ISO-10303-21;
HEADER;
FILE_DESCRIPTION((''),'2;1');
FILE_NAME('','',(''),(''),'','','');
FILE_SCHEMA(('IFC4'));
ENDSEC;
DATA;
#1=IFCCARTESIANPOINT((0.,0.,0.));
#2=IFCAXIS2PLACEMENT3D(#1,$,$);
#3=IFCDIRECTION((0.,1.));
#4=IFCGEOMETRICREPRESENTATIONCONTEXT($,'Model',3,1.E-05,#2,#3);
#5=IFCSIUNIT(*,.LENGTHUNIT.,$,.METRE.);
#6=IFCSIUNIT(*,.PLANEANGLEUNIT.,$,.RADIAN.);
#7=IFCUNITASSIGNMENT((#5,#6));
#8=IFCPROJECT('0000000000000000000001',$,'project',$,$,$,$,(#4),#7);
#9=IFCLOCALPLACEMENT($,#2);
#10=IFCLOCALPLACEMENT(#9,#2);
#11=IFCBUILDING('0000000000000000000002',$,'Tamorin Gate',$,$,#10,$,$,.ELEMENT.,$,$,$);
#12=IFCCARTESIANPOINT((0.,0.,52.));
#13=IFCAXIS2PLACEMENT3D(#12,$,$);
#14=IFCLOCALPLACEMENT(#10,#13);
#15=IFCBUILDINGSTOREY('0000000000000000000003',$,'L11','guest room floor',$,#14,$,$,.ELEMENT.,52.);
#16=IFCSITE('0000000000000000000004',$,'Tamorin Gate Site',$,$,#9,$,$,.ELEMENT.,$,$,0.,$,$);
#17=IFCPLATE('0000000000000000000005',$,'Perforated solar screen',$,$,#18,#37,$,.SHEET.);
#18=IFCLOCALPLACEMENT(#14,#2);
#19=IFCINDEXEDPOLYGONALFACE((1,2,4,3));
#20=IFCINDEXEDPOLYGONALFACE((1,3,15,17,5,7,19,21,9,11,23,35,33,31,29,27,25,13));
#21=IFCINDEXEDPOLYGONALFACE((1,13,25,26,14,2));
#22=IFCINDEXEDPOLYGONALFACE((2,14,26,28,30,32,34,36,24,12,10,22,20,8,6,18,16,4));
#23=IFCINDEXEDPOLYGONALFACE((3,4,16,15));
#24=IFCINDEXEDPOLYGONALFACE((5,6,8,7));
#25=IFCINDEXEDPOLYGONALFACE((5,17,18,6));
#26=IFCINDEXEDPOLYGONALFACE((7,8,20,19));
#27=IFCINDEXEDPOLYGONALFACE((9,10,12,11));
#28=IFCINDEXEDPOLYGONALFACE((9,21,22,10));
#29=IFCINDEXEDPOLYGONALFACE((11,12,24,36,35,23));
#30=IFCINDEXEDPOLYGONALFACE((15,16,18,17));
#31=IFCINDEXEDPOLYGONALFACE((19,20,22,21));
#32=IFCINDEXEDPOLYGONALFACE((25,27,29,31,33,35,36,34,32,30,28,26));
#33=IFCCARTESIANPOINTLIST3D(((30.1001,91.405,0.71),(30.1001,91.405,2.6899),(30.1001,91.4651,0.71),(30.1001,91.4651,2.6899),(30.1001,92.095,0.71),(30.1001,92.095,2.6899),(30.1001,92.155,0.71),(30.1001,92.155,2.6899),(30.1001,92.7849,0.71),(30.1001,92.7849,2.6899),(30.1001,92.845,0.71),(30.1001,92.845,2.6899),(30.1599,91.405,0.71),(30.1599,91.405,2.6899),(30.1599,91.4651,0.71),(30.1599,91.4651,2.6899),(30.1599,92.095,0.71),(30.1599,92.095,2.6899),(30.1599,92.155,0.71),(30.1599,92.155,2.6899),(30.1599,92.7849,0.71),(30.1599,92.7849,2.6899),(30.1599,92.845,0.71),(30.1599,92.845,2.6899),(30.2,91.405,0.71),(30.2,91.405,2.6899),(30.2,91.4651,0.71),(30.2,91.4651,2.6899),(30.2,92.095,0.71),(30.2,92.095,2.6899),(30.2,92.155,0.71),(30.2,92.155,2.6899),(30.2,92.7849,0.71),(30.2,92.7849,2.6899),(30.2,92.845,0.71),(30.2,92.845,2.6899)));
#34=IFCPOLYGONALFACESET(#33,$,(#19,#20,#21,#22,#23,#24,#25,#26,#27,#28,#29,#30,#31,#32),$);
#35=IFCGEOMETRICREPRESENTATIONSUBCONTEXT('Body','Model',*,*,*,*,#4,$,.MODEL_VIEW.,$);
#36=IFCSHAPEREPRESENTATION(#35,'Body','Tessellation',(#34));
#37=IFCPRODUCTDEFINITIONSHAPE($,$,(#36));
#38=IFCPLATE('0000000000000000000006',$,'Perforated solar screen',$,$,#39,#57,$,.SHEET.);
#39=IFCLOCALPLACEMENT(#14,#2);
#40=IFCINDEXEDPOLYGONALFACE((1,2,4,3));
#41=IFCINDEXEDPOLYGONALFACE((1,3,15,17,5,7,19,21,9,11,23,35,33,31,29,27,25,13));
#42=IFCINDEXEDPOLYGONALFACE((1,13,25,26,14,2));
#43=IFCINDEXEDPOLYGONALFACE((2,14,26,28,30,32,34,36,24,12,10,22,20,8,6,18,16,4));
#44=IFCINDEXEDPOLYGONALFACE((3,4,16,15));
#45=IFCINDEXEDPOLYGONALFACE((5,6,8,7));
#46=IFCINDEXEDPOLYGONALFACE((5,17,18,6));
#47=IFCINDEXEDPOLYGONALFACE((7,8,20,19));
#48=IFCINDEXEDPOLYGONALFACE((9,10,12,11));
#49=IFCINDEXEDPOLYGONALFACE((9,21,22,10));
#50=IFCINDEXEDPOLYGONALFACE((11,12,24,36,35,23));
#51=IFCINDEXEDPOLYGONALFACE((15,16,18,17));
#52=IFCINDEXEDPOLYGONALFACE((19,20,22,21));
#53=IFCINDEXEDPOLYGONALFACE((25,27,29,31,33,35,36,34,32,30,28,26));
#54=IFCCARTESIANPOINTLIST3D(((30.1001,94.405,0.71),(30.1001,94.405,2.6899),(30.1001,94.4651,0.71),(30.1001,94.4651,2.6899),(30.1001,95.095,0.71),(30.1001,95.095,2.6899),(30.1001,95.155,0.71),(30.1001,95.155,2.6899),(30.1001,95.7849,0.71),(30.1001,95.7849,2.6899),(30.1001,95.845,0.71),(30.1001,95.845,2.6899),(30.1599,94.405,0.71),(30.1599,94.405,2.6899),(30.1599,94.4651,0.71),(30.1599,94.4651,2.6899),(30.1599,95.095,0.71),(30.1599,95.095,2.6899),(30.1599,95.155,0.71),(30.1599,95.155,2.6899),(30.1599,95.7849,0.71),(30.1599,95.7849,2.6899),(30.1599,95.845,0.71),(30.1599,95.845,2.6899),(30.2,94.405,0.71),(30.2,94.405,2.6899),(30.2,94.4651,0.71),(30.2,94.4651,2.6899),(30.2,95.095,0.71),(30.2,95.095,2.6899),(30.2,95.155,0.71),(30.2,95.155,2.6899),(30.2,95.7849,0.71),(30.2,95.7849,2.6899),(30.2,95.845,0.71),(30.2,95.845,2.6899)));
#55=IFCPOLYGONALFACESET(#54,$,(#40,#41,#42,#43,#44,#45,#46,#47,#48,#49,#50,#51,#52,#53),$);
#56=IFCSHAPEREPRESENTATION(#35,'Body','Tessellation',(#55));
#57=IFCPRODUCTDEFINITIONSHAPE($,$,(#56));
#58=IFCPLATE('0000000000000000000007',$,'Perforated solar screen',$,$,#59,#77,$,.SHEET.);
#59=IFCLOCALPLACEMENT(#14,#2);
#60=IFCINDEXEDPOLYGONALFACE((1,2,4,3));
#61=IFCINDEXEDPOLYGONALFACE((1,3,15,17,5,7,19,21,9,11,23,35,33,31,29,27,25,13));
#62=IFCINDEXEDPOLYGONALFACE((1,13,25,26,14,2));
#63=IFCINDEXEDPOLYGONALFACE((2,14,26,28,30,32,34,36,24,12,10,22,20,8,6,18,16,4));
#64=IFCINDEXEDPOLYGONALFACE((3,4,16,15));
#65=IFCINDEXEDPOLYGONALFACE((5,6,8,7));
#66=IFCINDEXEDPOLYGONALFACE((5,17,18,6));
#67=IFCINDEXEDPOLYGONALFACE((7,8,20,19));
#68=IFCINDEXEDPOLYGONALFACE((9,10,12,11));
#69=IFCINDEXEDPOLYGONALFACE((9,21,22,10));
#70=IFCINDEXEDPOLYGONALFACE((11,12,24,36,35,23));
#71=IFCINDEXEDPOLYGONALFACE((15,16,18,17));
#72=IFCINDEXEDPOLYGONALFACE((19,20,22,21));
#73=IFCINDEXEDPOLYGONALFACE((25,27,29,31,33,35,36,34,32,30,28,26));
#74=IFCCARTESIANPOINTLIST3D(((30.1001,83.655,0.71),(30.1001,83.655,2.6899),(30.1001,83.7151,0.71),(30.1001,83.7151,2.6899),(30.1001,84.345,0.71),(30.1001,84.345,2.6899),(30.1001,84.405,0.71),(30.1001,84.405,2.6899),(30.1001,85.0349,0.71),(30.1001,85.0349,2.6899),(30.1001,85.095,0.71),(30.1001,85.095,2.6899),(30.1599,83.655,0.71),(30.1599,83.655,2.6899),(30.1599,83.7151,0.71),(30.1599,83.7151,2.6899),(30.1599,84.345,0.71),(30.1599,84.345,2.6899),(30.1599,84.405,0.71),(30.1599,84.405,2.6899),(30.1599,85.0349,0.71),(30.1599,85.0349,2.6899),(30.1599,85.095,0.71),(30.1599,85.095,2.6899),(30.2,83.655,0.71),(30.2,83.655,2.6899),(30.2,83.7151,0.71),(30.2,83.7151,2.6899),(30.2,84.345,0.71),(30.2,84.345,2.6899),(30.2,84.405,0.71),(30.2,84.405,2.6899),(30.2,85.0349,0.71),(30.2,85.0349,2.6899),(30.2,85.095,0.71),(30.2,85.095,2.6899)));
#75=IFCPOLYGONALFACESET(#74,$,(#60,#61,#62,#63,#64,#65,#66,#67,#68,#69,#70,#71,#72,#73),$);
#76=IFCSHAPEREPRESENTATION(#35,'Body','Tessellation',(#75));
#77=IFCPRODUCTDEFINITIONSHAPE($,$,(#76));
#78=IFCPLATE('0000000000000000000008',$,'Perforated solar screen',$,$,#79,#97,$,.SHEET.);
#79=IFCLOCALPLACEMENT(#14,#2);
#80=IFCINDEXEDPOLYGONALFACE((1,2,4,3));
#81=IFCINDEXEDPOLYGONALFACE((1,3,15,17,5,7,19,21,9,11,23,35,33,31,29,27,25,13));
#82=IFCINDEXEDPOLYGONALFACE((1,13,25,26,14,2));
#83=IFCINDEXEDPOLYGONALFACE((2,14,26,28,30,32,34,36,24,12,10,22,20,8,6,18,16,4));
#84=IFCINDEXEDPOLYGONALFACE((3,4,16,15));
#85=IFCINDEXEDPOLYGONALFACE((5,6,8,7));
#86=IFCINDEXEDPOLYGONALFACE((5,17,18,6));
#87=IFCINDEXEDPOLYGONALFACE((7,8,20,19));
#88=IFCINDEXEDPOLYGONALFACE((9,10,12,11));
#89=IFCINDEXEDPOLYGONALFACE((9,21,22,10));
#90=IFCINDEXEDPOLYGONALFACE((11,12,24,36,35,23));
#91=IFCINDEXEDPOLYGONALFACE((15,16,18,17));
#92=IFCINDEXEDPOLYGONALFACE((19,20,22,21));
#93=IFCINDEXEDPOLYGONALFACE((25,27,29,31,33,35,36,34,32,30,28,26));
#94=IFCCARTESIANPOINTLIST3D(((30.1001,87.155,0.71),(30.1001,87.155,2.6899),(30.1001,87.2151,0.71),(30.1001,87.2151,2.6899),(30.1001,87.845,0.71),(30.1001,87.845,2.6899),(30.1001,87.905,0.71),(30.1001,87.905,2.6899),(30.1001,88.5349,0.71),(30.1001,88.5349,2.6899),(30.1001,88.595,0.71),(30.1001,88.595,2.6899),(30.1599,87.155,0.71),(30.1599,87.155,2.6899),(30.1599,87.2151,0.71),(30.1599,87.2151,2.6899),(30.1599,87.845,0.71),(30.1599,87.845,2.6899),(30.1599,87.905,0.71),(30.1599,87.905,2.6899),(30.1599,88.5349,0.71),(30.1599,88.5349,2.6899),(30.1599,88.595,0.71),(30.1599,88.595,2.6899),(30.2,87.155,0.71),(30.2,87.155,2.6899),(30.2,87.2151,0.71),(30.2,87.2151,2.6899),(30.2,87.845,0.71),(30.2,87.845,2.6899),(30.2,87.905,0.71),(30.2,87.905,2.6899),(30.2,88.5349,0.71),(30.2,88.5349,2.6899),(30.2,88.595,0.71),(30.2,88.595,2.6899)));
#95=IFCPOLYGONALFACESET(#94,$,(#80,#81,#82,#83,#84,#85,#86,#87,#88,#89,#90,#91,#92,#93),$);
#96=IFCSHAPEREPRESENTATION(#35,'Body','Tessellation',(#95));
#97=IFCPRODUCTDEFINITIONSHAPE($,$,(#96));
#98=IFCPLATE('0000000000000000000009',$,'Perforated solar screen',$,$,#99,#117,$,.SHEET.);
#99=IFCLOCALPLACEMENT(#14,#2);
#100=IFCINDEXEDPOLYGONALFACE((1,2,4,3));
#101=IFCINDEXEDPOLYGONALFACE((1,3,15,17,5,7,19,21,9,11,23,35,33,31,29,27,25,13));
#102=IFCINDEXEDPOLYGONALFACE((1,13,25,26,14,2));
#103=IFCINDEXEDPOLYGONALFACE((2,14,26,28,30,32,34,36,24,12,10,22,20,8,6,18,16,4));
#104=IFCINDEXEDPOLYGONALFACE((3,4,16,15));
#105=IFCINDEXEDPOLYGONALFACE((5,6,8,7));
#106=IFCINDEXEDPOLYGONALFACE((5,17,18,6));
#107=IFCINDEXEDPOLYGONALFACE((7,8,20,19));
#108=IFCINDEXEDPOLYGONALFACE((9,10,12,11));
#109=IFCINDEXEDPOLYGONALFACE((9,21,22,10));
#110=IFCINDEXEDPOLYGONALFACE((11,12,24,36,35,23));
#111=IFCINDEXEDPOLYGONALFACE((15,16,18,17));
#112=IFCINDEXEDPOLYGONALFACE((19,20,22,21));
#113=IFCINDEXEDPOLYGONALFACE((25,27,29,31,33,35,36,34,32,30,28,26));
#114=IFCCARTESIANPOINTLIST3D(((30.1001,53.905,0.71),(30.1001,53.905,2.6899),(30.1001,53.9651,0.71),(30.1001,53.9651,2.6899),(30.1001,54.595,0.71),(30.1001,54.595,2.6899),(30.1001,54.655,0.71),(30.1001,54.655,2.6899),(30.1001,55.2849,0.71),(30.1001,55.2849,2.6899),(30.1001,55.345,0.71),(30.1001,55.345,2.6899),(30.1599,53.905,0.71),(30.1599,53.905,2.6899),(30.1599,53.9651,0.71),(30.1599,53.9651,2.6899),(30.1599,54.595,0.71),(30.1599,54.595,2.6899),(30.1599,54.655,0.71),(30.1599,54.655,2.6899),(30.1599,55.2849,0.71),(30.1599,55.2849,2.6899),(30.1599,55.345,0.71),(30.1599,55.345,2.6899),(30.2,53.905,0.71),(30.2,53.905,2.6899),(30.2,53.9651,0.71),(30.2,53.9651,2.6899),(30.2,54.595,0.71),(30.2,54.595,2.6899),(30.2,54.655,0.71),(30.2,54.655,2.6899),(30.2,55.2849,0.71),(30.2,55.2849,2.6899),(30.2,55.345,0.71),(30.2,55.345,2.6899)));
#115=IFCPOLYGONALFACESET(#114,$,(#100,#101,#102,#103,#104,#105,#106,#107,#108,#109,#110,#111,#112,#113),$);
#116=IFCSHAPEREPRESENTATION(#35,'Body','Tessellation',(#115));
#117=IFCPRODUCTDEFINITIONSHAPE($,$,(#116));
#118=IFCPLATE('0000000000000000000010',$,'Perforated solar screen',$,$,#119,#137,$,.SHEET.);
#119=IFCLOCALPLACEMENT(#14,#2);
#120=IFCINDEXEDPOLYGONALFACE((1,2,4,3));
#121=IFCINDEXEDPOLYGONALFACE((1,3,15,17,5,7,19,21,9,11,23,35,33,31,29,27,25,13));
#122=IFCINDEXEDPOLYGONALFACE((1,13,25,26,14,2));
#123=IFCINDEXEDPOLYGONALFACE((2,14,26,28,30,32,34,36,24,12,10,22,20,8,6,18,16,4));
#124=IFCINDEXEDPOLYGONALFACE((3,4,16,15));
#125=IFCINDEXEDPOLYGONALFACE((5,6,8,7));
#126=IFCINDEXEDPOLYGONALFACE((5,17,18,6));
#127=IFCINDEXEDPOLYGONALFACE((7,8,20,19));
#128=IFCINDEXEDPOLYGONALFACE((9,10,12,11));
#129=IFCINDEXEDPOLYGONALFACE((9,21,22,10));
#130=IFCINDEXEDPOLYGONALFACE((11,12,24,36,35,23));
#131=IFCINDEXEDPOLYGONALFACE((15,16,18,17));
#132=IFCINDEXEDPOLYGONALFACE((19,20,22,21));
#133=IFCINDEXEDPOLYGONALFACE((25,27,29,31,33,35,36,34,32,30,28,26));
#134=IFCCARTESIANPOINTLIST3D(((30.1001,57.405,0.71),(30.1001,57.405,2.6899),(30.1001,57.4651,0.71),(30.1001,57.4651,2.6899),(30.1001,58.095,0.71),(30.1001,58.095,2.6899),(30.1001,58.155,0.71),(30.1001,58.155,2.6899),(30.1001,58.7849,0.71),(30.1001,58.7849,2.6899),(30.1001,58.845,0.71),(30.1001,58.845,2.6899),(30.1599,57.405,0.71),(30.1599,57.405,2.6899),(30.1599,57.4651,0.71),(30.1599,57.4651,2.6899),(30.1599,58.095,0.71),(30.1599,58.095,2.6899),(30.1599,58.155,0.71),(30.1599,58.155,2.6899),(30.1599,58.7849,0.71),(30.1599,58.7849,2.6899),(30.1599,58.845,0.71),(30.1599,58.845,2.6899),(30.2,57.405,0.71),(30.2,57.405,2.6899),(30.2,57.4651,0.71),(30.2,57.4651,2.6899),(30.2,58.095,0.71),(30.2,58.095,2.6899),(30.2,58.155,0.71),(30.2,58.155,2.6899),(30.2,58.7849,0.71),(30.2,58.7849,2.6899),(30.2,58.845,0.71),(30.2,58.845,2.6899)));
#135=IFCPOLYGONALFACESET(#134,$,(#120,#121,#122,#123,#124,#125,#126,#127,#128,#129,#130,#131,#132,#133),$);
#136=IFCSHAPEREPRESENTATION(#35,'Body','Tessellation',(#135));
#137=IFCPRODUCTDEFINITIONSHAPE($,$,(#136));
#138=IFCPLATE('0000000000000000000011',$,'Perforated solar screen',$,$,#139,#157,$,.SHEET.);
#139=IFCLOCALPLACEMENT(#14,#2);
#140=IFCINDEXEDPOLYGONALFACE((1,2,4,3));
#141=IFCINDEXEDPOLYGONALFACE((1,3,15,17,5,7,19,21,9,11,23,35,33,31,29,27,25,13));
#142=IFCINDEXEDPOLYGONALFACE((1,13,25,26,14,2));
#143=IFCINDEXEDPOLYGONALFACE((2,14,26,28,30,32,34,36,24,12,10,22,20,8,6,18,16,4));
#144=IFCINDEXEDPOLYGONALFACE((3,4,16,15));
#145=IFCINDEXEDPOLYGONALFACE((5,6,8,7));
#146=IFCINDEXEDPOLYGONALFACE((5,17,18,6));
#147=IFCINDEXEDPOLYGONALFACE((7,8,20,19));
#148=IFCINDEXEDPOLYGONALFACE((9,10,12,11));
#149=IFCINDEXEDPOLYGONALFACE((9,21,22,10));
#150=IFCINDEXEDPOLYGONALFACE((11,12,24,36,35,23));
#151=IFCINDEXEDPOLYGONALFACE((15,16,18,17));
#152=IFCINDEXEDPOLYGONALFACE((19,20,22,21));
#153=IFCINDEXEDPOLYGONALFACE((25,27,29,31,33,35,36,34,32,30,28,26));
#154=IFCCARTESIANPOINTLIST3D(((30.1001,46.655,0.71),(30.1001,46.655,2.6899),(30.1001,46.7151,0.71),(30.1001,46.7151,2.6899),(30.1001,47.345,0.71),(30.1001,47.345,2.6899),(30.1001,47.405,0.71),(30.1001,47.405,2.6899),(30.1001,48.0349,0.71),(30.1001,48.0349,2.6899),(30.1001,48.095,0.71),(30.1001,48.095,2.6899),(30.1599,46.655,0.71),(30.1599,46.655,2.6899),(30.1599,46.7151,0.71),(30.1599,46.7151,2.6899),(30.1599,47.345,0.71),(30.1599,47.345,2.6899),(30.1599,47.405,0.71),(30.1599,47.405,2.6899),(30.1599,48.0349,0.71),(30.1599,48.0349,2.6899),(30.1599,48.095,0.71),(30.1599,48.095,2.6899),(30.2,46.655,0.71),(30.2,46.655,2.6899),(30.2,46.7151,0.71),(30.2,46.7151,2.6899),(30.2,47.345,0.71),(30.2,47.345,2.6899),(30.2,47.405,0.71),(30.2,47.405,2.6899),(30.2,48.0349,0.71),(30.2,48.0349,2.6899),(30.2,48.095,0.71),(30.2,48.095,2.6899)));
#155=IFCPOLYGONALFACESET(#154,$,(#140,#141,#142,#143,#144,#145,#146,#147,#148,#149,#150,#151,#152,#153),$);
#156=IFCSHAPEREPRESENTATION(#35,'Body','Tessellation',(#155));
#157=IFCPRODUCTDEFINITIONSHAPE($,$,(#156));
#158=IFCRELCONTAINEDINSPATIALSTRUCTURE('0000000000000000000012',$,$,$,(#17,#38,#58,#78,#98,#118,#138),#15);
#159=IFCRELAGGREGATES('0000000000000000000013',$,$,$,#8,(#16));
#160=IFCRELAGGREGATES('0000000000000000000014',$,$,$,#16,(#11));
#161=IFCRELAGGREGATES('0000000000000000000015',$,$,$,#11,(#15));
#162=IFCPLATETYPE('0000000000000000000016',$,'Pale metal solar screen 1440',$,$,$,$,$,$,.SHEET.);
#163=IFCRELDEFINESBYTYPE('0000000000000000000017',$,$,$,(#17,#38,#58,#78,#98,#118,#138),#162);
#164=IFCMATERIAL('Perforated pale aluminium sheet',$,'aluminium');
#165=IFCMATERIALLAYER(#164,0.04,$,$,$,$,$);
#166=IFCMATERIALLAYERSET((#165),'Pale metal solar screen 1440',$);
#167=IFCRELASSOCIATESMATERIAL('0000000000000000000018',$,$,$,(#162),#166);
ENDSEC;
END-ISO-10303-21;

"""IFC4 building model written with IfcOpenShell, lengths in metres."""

from ifc_helpers import new_model, si_unit, direction, frame, origin, place, context, subcontext, project, spatial, polyline, outline, extrude, material, layer, layer_set, type_object, element, save


model = new_model("IFC4")

# Units and contexts
model_context = context("Model", 3, precision=1e-05, world=origin(), true_north=direction((0.0, 1.0)))
body_context = subcontext(model_context, "Body", "Model", "MODEL_VIEW")
ifc_project = project(units=[si_unit("LENGTHUNIT", "METRE"), si_unit("PLANEANGLEUNIT", "RADIAN")], contexts=[model_context])

# Site, building, storey
site_placement = place(None, origin())
site = spatial("IfcSite", under=ifc_project, at=site_placement, Name="Tamorin Gate Site", CompositionType="ELEMENT", RefElevation=0.0)
building_placement = place(site_placement, origin())
building = spatial("IfcBuilding", under=site, at=building_placement, Name="Tamorin Gate", CompositionType="ELEMENT")
storey_placement = place(building_placement, frame((0.0, 0.0, 52.0)))
storey = spatial("IfcBuildingStorey", under=building, at=storey_placement, Name="L11", Description="guest room floor", CompositionType="ELEMENT", Elevation=52.0)

# Plates
ifc_material_1 = material(Name="Perforated pale aluminium sheet", Category="aluminium")
ifc_layer_1 = layer(ifc_material_1, 0.04)
ifc_layer_set_1 = layer_set([ifc_layer_1], Name="Pale metal solar screen 1440")
plate_type = type_object("IfcPlateType", Name="Pale metal solar screen 1440", PredefinedType="SHEET", material=ifc_layer_set_1)
plate_1_placement = place(storey_placement, frame((0.0, 0.0, 0.71)))
element("IfcPlate", 1, at=plate_1_placement, inside=storey, type_object=plate_type, Name="Perforated solar screen", PredefinedType="SHEET", context=body_context, shape_type="SweptSolid", body=[
    extrude(outline(polyline([(30.1599, 92.845), (30.2, 92.845), (30.2, 92.7849), (30.2, 92.155), (30.2, 92.095), (30.2, 91.4651), (30.2, 91.405), (30.1599, 91.405), (30.1001, 91.405), (30.1001, 91.4651), (30.1599, 91.4651), (30.1599, 92.095), (30.1001, 92.095), (30.1001, 92.155), (30.1599, 92.155), (30.1599, 92.7849), (30.1001, 92.7849), (30.1001, 92.845), (30.1599, 92.845)])), origin(), (0.0, 0.0, 1.0), 1.98),
])
plate_2_placement = place(storey_placement, frame((0.0, 0.0, 0.71)))
element("IfcPlate", 2, at=plate_2_placement, inside=storey, type_object=plate_type, Name="Perforated solar screen", PredefinedType="SHEET", context=body_context, shape_type="SweptSolid", body=[
    extrude(outline(polyline([(30.1599, 95.845), (30.2, 95.845), (30.2, 95.7849), (30.2, 95.155), (30.2, 95.095), (30.2, 94.4651), (30.2, 94.405), (30.2, 94.405), (30.1599, 94.405), (30.1599, 94.405), (30.1001, 94.405), (30.1001, 94.4651), (30.1599, 94.4651), (30.1599, 95.095), (30.1001, 95.095), (30.1001, 95.155), (30.1599, 95.155), (30.1599, 95.7849), (30.1001, 95.7849), (30.1001, 95.845), (30.1599, 95.845)])), origin(), (0.0, 0.0, 1.0), 1.98),
])
plate_3_placement = place(storey_placement, frame((0.0, 0.0, 0.71)))
element("IfcPlate", 3, at=plate_3_placement, inside=storey, type_object=plate_type, Name="Perforated solar screen", PredefinedType="SHEET", context=body_context, shape_type="SweptSolid", body=[
    extrude(outline(polyline([(30.1599, 85.095), (30.2, 85.095), (30.2, 85.0349), (30.2, 84.405), (30.2, 84.345), (30.2, 83.7151), (30.2, 83.655), (30.1599, 83.655), (30.1001, 83.655), (30.1001, 83.7151), (30.1599, 83.7151), (30.1599, 84.345), (30.1001, 84.345), (30.1001, 84.405), (30.1599, 84.405), (30.1599, 85.0349), (30.1001, 85.0349), (30.1001, 85.095), (30.1599, 85.095)])), origin(), (0.0, 0.0, 1.0), 1.98),
])
plate_4_placement = place(storey_placement, frame((0.0, 0.0, 0.71)))
element("IfcPlate", 4, at=plate_4_placement, inside=storey, type_object=plate_type, Name="Perforated solar screen", PredefinedType="SHEET", context=body_context, shape_type="SweptSolid", body=[
    extrude(outline(polyline([(30.1599, 88.595), (30.2, 88.595), (30.2, 88.5349), (30.2, 87.905), (30.2, 87.845), (30.2, 87.2151), (30.2, 87.155), (30.1599, 87.155), (30.1001, 87.155), (30.1001, 87.2151), (30.1599, 87.2151), (30.1599, 87.845), (30.1001, 87.845), (30.1001, 87.905), (30.1599, 87.905), (30.1599, 88.5349), (30.1001, 88.5349), (30.1001, 88.595), (30.1599, 88.595)])), origin(), (0.0, 0.0, 1.0), 1.98),
])
plate_5_placement = place(storey_placement, frame((0.0, 0.0, 0.71)))
element("IfcPlate", 5, at=plate_5_placement, inside=storey, type_object=plate_type, Name="Perforated solar screen", PredefinedType="SHEET", context=body_context, shape_type="SweptSolid", body=[
    extrude(outline(polyline([(30.1599, 55.345), (30.2, 55.345), (30.2, 55.2849), (30.2, 54.655), (30.2, 54.595), (30.2, 53.9651), (30.2, 53.905), (30.1599, 53.905), (30.1001, 53.905), (30.1001, 53.9651), (30.1599, 53.9651), (30.1599, 54.595), (30.1001, 54.595), (30.1001, 54.655), (30.1599, 54.655), (30.1599, 55.2849), (30.1001, 55.2849), (30.1001, 55.345), (30.1599, 55.345)])), origin(), (0.0, 0.0, 1.0), 1.98),
])
plate_6_placement = place(storey_placement, frame((0.0, 0.0, 0.71)))
element("IfcPlate", 6, at=plate_6_placement, inside=storey, type_object=plate_type, Name="Perforated solar screen", PredefinedType="SHEET", context=body_context, shape_type="SweptSolid", body=[
    extrude(outline(polyline([(30.1599, 58.845), (30.2, 58.845), (30.2, 58.7849), (30.2, 58.155), (30.2, 58.095), (30.2, 57.4651), (30.2, 57.405), (30.1599, 57.405), (30.1001, 57.405), (30.1001, 57.4651), (30.1599, 57.4651), (30.1599, 58.095), (30.1001, 58.095), (30.1001, 58.155), (30.1599, 58.155), (30.1599, 58.7849), (30.1001, 58.7849), (30.1001, 58.845), (30.1599, 58.845)])), origin(), (0.0, 0.0, 1.0), 1.98),
])
plate_7_placement = place(storey_placement, frame((0.0, 0.0, 0.71)))
element("IfcPlate", 7, at=plate_7_placement, inside=storey, type_object=plate_type, Name="Perforated solar screen", PredefinedType="SHEET", context=body_context, shape_type="SweptSolid", body=[
    extrude(outline(polyline([(30.1599, 48.095), (30.2, 48.095), (30.2, 48.0349), (30.2, 47.405), (30.2, 47.345), (30.2, 46.7151), (30.2, 46.655), (30.1599, 46.655), (30.1001, 46.655), (30.1001, 46.7151), (30.1599, 46.7151), (30.1599, 47.345), (30.1001, 47.345), (30.1001, 47.405), (30.1599, 47.405), (30.1599, 48.0349), (30.1001, 48.0349), (30.1001, 48.095), (30.1599, 48.095)])), origin(), (0.0, 0.0, 1.0), 1.98),
])

save(model, "model.ifc")
